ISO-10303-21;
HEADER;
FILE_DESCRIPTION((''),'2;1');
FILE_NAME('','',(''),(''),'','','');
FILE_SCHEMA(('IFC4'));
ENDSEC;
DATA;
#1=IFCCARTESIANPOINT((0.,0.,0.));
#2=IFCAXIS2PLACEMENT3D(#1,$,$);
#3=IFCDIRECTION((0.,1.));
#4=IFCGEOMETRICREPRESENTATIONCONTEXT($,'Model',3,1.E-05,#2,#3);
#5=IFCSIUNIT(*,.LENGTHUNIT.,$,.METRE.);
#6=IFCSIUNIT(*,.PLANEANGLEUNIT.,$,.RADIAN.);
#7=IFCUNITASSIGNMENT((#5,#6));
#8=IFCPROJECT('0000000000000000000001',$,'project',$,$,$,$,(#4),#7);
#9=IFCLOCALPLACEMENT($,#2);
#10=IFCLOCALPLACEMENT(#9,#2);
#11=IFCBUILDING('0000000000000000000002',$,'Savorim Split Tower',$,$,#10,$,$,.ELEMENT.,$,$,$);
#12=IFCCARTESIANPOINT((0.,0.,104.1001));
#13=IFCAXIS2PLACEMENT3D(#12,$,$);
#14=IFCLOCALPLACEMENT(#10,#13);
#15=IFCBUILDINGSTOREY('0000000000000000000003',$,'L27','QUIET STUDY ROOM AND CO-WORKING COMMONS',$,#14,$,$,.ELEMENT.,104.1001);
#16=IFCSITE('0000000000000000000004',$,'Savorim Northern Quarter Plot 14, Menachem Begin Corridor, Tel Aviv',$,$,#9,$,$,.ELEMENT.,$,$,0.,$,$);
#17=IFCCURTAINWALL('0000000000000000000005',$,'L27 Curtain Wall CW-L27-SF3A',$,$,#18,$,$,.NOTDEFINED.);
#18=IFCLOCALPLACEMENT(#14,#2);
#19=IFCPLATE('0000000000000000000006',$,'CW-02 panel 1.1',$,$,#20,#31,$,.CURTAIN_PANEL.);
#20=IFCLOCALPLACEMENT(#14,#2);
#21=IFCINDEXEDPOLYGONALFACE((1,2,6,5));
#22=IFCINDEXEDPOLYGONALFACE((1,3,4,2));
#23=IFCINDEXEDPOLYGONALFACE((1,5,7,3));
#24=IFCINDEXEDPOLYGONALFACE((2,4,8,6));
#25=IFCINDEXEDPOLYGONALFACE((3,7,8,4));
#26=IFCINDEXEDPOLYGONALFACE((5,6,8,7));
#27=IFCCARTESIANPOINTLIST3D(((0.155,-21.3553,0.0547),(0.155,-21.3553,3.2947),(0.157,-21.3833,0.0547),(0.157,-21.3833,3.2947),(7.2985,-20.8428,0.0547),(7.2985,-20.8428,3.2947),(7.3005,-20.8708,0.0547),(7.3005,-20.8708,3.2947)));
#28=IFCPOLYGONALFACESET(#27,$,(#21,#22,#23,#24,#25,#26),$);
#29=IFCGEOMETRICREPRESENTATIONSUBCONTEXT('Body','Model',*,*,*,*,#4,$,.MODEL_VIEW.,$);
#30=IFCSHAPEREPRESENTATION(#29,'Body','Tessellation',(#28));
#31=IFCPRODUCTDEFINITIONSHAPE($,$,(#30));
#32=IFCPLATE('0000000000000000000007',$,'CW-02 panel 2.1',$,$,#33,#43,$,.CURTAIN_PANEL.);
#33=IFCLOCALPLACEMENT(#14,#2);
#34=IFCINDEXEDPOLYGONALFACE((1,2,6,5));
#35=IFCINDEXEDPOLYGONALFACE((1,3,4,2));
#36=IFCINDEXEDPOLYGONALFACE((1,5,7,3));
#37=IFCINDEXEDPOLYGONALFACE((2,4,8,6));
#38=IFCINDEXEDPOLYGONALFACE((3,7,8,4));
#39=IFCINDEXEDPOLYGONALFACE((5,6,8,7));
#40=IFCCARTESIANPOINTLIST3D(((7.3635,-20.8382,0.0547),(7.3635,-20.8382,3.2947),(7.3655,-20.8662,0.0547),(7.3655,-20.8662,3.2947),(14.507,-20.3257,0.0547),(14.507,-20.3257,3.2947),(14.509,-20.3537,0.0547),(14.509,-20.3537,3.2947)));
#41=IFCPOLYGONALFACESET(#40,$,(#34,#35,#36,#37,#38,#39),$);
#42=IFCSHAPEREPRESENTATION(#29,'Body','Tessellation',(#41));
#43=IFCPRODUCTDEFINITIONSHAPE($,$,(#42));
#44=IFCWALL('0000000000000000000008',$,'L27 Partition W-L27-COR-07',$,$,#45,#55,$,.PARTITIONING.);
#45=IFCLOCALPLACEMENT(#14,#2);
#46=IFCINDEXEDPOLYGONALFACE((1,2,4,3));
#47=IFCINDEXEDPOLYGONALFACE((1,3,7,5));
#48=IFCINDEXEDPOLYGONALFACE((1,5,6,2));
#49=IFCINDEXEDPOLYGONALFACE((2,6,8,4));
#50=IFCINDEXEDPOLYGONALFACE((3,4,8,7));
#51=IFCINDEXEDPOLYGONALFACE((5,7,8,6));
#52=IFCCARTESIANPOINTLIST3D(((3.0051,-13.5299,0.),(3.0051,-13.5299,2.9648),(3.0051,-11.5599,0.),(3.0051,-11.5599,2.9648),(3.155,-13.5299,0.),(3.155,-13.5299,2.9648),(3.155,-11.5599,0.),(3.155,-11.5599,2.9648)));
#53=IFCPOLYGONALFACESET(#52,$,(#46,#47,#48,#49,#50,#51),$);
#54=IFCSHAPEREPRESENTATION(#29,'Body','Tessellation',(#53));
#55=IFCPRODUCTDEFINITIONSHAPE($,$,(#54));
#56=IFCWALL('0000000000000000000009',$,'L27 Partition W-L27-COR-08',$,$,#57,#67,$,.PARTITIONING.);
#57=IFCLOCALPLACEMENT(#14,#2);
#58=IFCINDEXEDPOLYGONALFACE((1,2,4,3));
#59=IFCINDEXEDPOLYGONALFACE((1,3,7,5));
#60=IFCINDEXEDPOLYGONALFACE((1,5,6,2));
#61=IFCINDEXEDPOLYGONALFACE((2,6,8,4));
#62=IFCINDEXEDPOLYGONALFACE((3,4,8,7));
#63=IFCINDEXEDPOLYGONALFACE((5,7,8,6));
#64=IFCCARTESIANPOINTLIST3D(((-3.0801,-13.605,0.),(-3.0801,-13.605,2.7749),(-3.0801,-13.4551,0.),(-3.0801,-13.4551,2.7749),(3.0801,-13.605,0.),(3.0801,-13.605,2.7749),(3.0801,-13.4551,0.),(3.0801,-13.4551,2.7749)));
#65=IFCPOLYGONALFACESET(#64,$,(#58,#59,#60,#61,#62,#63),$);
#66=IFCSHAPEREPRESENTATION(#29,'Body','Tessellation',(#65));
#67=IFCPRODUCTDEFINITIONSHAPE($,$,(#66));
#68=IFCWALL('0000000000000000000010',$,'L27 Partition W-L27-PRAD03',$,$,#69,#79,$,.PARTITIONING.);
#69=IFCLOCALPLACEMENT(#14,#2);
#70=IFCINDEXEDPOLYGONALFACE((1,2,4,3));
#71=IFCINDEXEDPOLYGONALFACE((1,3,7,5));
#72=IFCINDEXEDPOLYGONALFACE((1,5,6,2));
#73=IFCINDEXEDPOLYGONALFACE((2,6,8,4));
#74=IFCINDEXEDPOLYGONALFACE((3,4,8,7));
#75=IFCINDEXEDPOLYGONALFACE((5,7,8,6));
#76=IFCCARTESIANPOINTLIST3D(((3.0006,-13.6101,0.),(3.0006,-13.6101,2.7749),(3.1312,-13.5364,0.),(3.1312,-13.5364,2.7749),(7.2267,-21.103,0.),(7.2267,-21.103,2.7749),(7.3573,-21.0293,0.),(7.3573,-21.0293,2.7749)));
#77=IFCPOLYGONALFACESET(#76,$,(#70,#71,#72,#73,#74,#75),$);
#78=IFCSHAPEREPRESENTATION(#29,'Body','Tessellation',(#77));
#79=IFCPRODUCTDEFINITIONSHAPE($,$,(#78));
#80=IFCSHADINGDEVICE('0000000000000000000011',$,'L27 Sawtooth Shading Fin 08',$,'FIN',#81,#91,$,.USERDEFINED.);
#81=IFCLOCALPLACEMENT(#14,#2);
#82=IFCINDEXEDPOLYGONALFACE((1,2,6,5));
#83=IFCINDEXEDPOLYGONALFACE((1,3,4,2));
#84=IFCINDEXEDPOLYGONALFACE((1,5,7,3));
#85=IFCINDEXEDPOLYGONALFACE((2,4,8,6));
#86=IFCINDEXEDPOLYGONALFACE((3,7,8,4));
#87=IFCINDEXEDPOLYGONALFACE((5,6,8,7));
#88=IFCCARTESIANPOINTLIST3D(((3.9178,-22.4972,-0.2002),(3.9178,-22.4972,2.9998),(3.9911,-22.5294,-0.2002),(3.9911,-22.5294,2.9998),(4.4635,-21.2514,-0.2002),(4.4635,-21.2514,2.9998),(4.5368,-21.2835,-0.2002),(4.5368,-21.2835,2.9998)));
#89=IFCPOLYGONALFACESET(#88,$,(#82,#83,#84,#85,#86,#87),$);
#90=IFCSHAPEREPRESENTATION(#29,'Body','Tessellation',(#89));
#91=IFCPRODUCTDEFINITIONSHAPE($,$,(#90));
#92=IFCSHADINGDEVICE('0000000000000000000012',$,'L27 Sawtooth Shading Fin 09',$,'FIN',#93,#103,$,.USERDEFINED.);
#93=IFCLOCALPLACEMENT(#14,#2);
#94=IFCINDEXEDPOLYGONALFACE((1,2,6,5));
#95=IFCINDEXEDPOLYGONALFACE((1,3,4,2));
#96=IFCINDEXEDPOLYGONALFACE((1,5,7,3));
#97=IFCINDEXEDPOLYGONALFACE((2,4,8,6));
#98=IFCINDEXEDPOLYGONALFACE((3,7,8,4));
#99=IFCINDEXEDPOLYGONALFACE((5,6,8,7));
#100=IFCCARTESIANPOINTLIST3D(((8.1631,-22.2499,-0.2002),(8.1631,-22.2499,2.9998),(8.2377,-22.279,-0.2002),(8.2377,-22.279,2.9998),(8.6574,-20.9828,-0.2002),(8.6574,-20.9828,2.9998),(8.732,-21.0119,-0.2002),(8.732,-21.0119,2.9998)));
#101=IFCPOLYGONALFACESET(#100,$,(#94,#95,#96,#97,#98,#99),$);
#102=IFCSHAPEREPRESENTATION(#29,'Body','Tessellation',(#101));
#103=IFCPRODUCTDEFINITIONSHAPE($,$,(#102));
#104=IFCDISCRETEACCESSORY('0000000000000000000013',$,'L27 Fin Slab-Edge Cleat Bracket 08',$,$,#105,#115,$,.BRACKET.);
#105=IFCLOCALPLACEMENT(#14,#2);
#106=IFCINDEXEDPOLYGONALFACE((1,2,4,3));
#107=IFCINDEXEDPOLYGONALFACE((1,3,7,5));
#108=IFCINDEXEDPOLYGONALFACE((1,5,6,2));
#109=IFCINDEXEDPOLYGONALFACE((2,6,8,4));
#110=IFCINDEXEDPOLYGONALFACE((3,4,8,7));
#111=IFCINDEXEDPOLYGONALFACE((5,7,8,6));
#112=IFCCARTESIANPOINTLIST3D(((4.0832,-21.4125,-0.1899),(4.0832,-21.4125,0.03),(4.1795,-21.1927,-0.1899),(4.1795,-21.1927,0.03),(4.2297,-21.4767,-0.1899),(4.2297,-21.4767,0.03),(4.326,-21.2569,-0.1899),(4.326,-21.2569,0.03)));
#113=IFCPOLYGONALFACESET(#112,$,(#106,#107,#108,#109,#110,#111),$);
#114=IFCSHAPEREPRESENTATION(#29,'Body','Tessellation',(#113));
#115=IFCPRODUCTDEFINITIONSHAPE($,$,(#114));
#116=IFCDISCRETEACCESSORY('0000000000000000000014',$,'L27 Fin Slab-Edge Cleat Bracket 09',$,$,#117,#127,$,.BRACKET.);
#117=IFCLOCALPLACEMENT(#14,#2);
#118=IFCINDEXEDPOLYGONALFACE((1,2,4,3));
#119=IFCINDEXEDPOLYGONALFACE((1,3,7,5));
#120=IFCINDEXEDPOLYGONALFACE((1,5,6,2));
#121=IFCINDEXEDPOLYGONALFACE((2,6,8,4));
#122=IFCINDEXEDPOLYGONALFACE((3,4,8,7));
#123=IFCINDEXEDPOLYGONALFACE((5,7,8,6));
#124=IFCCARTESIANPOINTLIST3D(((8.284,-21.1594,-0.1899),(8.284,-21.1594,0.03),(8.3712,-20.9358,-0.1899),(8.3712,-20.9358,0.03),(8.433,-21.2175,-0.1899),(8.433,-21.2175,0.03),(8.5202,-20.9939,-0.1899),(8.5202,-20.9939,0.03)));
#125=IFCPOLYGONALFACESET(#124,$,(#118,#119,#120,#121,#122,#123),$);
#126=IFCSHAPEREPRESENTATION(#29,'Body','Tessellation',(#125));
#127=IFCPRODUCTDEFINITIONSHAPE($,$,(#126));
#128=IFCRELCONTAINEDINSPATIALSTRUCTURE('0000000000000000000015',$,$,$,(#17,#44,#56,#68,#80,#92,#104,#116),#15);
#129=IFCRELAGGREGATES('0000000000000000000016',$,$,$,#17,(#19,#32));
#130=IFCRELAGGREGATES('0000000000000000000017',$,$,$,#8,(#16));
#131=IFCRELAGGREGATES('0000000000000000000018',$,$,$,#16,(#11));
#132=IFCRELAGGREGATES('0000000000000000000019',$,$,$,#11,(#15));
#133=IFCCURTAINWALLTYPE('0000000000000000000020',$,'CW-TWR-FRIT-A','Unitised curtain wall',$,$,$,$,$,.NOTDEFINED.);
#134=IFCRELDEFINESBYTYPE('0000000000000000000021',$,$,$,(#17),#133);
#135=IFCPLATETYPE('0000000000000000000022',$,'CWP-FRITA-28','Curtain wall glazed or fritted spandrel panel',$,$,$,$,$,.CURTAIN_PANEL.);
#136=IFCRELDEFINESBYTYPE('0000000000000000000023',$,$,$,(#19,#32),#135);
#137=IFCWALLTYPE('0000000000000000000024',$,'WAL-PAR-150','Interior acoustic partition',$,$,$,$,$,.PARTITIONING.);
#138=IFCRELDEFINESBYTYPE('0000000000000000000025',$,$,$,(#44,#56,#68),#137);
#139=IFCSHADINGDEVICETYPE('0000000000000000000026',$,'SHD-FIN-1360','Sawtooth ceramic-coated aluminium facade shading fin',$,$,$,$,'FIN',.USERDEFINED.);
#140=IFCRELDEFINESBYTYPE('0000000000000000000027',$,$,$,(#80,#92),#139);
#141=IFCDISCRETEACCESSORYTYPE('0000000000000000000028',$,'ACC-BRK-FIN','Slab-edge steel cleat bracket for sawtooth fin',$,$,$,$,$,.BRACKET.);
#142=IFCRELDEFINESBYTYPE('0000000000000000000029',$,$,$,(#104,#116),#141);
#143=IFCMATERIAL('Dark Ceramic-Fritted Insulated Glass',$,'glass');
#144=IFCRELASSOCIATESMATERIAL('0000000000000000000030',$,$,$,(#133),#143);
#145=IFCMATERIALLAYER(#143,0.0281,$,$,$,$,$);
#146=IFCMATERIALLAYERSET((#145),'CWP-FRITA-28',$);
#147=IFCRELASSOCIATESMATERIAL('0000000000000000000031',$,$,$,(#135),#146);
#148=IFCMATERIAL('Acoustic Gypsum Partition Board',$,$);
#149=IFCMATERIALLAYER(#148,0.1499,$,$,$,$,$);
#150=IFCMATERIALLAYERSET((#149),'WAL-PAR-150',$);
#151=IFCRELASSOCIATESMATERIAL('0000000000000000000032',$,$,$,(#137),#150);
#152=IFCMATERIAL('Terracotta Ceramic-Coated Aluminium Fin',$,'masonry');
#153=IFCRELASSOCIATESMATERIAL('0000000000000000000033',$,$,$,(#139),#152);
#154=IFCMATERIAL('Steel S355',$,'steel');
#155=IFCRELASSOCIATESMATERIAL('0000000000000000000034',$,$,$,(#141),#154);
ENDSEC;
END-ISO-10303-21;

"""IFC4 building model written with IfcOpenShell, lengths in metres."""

from ifc_helpers import new_model, si_unit, direction, frame, frame_2d, origin, origin_2d, place, context, subcontext, project, spatial, rectangle, extrude, material, layer, layer_set, type_object, element, aggregate, save


model = new_model("IFC4")

# Units and contexts
model_context = context("Model", 3, precision=1e-05, world=origin(), true_north=direction((0.0, 1.0)))
body_context = subcontext(model_context, "Body", "Model", "MODEL_VIEW")
ifc_project = project(units=[si_unit("LENGTHUNIT", "METRE"), si_unit("PLANEANGLEUNIT", "RADIAN")], contexts=[model_context])

# Site, building, storey
site_placement = place(None, origin())
site = spatial("IfcSite", under=ifc_project, at=site_placement, Name="Savorim Northern Quarter Plot 14, Menachem Begin Corridor, Tel Aviv", CompositionType="ELEMENT", RefElevation=0.0)
building_placement = place(site_placement, origin())
building = spatial("IfcBuilding", under=site, at=building_placement, Name="Savorim Split Tower", CompositionType="ELEMENT")
storey_placement = place(building_placement, frame((0.0, 0.0, 104.1001)))
storey = spatial("IfcBuildingStorey", under=building, at=storey_placement, Name="L27", Description="QUIET STUDY ROOM AND CO-WORKING COMMONS", CompositionType="ELEMENT", Elevation=104.1001)

# Shared definitions
ifc_material_1 = material(Name="Steel S355", Category="steel")

# Curtain wall, plates
ifc_material_2 = material(Name="Dark Ceramic-Fritted Insulated Glass", Category="glass")
curtain_wall_type = type_object("IfcCurtainWallType", Name="CW-TWR-FRIT-A", Description="Unitised curtain wall", PredefinedType="NOTDEFINED", material=ifc_material_2)
curtain_wall_placement = place(storey_placement, origin())
curtain_wall = element("IfcCurtainWall", 1, at=curtain_wall_placement, inside=storey, type_object=curtain_wall_type, Name="L27 Curtain Wall CW-L27-SF3A", PredefinedType="NOTDEFINED")
ifc_layer_1 = layer(ifc_material_2, 0.0281)
ifc_layer_set_1 = layer_set([ifc_layer_1], Name="CWP-FRITA-28")
plate_type = type_object("IfcPlateType", Name="CWP-FRITA-28", Description="Curtain wall glazed or fritted spandrel panel", PredefinedType="CURTAIN_PANEL", material=ifc_layer_set_1)
plate_1_placement = place(storey_placement, frame((3.7278, -21.113, 0.0547), z_axis=(0.0, 0.0, 1.0), x_axis=(0.997436, 0.071562, 0.0)))
plate_1 = element("IfcPlate", 2, at=plate_1_placement, type_object=plate_type, Name="CW-02 panel 1.1", PredefinedType="CURTAIN_PANEL", context=body_context, shape_type="SweptSolid", body=[
    extrude(rectangle(XDim=7.1619, YDim=0.0281, at=origin_2d()), origin(), (0.0, 0.0, 1.0), 3.24),
])
plate_2_placement = place(storey_placement, frame((10.9363, -20.5959, 0.0547), z_axis=(0.0, 0.0, 1.0), x_axis=(0.997436, 0.071562, 0.0)))
plate_2 = element("IfcPlate", 3, at=plate_2_placement, type_object=plate_type, Name="CW-02 panel 2.1", PredefinedType="CURTAIN_PANEL", context=body_context, shape_type="SweptSolid", body=[
    extrude(rectangle(XDim=7.1619, YDim=0.0281, at=origin_2d()), origin(), (0.0, 0.0, 1.0), 3.24),
])
aggregate(curtain_wall, [plate_1, plate_2])

# Walls
ifc_material_3 = material(Name="Acoustic Gypsum Partition Board")
ifc_layer_2 = layer(ifc_material_3, 0.1499)
ifc_layer_set_2 = layer_set([ifc_layer_2], Name="WAL-PAR-150")
wall_type = type_object("IfcWallType", Name="WAL-PAR-150", Description="Interior acoustic partition", PredefinedType="PARTITIONING", material=ifc_layer_set_2)
wall_1_placement = place(storey_placement, frame((3.0801, -11.5601, 0.0), z_axis=(0.0, 0.0, 1.0), x_axis=(0.0, -1.0, 0.0)))
element("IfcWall", 4, at=wall_1_placement, inside=storey, type_object=wall_type, Name="L27 Partition W-L27-COR-07", PredefinedType="PARTITIONING", context=body_context, shape_type="SweptSolid", body=[
    extrude(rectangle(XDim=1.97, YDim=0.1499, at=frame_2d((0.9849, 0.0))), origin(), (0.0, 0.0, 1.0), 2.9648),
])
wall_2_placement = place(storey_placement, frame((3.0801, -13.53, 0.0), z_axis=(0.0, 0.0, 1.0), x_axis=(-1.0, 0.0, 0.0)))
element("IfcWall", 5, at=wall_2_placement, inside=storey, type_object=wall_type, Name="L27 Partition W-L27-COR-08", PredefinedType="PARTITIONING", context=body_context, shape_type="SweptSolid", body=[
    extrude(rectangle(XDim=6.1602, YDim=0.1499, at=frame_2d((3.0801, 0.0))), origin(), (0.0, 0.0, 1.0), 2.7749),
])
wall_3_placement = place(storey_placement, frame((3.0659, -13.5732, 0.0), z_axis=(0.0, 0.0, 1.0), x_axis=(0.491259, -0.871013, 0.0)))
element("IfcWall", 6, at=wall_3_placement, inside=storey, type_object=wall_type, Name="L27 Partition W-L27-PRAD03", PredefinedType="PARTITIONING", context=body_context, shape_type="SweptSolid", body=[
    extrude(rectangle(XDim=8.6025, YDim=0.1499, at=frame_2d((4.3013, 0.0))), origin(), (0.0, 0.0, 1.0), 2.7749),
])

# Shading devices
ifc_material_4 = material(Name="Terracotta Ceramic-Coated Aluminium Fin", Category="masonry")
shading_device_type = type_object("IfcShadingDeviceType", Name="SHD-FIN-1360", Description="Sawtooth ceramic-coated aluminium facade shading fin", ElementType="FIN", PredefinedType="USERDEFINED", material=ifc_material_4)
for number, where, z_axis, x_axis, name in (
    (7, (4.2273, -21.8904, -0.2002), (0.0, 0.0, 1.0), (-0.40123, -0.915977, 0.0), "L27 Sawtooth Shading Fin 08"),
    (8, (8.4475, -21.6309, -0.2002), (0.0, 0.0, 1.0), (-0.363415, -0.931627, 0.0), "L27 Sawtooth Shading Fin 09"),
):
    element("IfcShadingDevice", number, at=place(storey_placement, frame(where, z_axis=z_axis, x_axis=x_axis)), inside=storey, type_object=shading_device_type, Name=name, ObjectType="FIN", PredefinedType="USERDEFINED", context=body_context, shape_type="SweptSolid", body=[
        extrude(rectangle(XDim=1.3601, YDim=0.0801, at=origin_2d()), origin(), (0.0, 0.0, 1.0), 3.2),
    ])

# Discrete accessories
discrete_accessory_type = type_object("IfcDiscreteAccessoryType", Name="ACC-BRK-FIN", Description="Slab-edge steel cleat bracket for sawtooth fin", PredefinedType="BRACKET", material=ifc_material_1)
for number, where, z_axis, x_axis, name in (
    (9, (4.2046, -21.3347, -0.1899), (0.0, 0.0, 1.0), (-0.40123, -0.915977, 0.0), "L27 Fin Slab-Edge Cleat Bracket 08"),
    (10, (8.4021, -21.0767, -0.1899), (0.0, 0.0, 1.0), (-0.363415, -0.931627, 0.0), "L27 Fin Slab-Edge Cleat Bracket 09"),
):
    element("IfcDiscreteAccessory", number, at=place(storey_placement, frame(where, z_axis=z_axis, x_axis=x_axis)), inside=storey, type_object=discrete_accessory_type, Name=name, PredefinedType="BRACKET", context=body_context, shape_type="SweptSolid", body=[
        extrude(rectangle(XDim=0.24, YDim=0.1599, at=origin_2d()), origin(), (0.0, 0.0, 1.0), 0.22),
    ])

save(model, "model.ifc")
